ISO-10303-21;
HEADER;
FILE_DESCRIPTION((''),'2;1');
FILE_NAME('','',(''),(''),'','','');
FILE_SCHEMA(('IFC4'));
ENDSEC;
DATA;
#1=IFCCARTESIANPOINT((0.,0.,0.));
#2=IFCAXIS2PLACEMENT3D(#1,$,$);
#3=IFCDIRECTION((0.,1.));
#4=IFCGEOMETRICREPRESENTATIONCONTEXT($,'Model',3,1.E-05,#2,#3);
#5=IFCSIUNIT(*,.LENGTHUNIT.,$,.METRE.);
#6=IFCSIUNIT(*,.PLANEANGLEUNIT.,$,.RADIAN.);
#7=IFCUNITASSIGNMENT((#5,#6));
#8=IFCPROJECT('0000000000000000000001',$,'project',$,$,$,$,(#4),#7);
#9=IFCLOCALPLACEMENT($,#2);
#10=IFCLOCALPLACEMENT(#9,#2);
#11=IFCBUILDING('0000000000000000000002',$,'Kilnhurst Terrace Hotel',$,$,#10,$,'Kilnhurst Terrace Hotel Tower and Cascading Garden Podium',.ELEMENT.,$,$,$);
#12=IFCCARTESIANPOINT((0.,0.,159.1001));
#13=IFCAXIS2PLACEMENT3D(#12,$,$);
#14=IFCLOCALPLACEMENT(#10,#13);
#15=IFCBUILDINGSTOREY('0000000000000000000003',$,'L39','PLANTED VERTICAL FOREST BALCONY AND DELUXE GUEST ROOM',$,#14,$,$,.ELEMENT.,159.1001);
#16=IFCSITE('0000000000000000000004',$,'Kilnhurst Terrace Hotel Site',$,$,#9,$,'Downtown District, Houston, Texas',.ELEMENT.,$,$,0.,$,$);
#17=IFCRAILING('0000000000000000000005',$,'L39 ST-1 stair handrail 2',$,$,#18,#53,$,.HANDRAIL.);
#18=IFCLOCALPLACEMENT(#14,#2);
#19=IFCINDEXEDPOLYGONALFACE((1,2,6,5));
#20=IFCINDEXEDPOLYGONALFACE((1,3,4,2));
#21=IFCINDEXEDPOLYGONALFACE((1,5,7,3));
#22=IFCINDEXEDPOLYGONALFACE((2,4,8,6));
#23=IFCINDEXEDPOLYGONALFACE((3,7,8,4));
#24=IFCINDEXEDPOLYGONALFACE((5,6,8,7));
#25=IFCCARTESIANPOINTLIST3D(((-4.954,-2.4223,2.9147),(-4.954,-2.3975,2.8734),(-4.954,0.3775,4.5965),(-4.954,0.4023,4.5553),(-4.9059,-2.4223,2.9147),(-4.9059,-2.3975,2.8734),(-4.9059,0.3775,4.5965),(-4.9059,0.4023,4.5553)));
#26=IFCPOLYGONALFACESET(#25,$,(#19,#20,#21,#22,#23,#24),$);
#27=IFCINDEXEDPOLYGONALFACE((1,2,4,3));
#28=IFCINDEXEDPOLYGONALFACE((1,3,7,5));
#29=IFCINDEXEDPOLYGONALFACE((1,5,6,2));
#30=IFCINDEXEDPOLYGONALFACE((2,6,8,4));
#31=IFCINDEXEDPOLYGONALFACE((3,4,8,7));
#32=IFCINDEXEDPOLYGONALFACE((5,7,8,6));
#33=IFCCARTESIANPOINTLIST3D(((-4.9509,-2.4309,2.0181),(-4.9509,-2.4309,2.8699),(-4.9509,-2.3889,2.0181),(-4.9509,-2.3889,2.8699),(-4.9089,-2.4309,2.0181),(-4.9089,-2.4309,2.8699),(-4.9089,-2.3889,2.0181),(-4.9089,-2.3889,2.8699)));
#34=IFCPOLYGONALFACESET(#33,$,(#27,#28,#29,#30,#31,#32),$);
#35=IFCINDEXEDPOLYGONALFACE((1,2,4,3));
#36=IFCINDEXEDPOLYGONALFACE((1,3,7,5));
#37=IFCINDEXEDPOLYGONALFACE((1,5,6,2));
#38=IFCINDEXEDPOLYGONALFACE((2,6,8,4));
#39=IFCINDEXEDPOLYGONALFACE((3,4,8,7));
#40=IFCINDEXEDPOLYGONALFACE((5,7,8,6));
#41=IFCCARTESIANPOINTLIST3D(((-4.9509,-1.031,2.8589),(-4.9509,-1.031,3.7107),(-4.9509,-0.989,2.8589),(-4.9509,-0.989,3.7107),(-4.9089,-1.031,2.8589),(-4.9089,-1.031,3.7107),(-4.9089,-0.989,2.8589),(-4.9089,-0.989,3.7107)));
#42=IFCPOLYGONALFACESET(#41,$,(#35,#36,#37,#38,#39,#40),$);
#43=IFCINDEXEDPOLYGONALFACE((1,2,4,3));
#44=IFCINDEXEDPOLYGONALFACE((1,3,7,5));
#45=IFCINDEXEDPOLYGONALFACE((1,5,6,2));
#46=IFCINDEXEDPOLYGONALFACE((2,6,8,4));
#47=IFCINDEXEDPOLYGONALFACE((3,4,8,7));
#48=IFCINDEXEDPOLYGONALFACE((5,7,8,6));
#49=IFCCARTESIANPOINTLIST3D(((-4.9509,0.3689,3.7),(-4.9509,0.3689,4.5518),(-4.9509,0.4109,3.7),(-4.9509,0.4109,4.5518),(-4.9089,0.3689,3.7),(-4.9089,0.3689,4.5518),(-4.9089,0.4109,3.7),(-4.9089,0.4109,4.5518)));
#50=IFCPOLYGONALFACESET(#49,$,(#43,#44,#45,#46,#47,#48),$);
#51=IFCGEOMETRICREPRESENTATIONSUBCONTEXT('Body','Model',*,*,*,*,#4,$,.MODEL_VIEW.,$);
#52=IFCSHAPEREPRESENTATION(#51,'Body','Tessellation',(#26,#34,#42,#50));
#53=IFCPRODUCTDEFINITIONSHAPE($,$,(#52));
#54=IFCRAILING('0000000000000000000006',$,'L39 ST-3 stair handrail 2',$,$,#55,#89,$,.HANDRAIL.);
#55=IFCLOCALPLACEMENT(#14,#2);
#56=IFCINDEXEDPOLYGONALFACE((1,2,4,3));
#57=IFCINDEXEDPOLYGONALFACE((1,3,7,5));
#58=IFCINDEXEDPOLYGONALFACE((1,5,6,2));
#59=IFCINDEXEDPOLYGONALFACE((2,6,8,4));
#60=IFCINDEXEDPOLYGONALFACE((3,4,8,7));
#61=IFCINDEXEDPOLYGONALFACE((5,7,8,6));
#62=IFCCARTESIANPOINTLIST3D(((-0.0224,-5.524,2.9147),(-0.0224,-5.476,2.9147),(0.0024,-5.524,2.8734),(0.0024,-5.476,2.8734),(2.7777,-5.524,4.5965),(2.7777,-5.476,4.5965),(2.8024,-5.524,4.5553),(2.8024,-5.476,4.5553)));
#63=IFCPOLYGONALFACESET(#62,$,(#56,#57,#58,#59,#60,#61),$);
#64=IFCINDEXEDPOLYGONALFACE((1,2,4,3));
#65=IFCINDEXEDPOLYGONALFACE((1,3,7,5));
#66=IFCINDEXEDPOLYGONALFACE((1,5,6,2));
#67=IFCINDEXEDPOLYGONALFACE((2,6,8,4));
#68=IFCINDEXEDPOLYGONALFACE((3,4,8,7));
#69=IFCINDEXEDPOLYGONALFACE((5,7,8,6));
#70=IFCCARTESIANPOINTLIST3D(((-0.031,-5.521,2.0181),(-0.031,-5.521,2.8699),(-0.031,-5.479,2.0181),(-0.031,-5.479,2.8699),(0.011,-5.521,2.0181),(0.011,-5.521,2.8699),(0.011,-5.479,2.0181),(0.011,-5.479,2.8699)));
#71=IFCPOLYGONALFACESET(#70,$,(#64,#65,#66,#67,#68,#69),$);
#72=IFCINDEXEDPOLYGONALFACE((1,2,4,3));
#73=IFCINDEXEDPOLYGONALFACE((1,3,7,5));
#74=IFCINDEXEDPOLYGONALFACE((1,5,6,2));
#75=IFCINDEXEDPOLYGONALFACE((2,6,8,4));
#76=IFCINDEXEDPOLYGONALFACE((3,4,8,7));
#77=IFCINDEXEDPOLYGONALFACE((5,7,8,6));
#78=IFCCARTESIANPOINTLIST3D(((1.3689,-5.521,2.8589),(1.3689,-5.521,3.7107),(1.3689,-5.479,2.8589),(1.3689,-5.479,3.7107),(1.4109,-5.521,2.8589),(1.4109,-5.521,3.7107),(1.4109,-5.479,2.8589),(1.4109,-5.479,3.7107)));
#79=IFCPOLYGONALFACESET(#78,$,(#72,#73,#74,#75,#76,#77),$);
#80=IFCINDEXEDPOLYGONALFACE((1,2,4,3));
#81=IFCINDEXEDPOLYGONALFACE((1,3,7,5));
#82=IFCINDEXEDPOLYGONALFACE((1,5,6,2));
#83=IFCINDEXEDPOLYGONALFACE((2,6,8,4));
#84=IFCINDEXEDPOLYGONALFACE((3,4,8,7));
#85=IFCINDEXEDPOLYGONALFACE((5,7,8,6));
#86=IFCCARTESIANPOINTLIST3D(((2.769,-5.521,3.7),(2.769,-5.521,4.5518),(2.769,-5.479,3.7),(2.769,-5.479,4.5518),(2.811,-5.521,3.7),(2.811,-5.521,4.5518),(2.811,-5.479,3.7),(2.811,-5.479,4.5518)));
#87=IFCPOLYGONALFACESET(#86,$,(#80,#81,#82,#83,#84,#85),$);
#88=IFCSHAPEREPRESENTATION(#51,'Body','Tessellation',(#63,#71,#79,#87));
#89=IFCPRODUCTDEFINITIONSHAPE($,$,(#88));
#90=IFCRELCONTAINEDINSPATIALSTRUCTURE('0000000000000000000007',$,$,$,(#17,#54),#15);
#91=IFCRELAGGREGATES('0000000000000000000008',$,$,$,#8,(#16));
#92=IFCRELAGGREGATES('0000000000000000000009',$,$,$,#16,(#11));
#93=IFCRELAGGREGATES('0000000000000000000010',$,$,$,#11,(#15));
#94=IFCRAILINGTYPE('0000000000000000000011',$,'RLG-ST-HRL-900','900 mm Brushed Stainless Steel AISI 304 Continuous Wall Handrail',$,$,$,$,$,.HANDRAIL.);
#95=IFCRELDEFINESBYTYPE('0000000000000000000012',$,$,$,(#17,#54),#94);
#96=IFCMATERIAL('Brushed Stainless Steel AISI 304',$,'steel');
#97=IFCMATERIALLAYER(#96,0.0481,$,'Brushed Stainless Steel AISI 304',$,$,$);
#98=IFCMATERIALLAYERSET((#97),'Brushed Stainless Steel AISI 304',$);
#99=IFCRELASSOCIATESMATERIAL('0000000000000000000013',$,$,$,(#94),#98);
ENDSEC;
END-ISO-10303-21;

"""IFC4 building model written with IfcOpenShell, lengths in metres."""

from ifc_helpers import new_model, si_unit, direction, frame, origin, origin_2d, place, context, subcontext, project, spatial, rectangle, extrude, material, layer, layer_set, type_object, element, save


model = new_model("IFC4")

# Units and contexts
model_context = context("Model", 3, precision=1e-05, world=origin(), true_north=direction((0.0, 1.0)))
body_context = subcontext(model_context, "Body", "Model", "MODEL_VIEW")
ifc_project = project(units=[si_unit("LENGTHUNIT", "METRE"), si_unit("PLANEANGLEUNIT", "RADIAN")], contexts=[model_context])

# Site, building, storey
site_placement = place(None, origin())
site = spatial("IfcSite", under=ifc_project, at=site_placement, Name="Kilnhurst Terrace Hotel Site", LongName="Downtown District, Houston, Texas", CompositionType="ELEMENT", RefElevation=0.0)
building_placement = place(site_placement, origin())
building = spatial("IfcBuilding", under=site, at=building_placement, Name="Kilnhurst Terrace Hotel", LongName="Kilnhurst Terrace Hotel Tower and Cascading Garden Podium", CompositionType="ELEMENT")
storey_placement = place(building_placement, frame((0.0, 0.0, 159.1001)))
storey = spatial("IfcBuildingStorey", under=building, at=storey_placement, Name="L39", Description="PLANTED VERTICAL FOREST BALCONY AND DELUXE GUEST ROOM", CompositionType="ELEMENT", Elevation=159.1001)

# Railings
ifc_material_1 = material(Name="Brushed Stainless Steel AISI 304", Category="steel")
ifc_layer_1 = layer(ifc_material_1, 0.0481, Name="Brushed Stainless Steel AISI 304")
ifc_layer_set_1 = layer_set([ifc_layer_1], Name="Brushed Stainless Steel AISI 304")
railing_type_1 = type_object("IfcRailingType", Name="RLG-ST-HRL-900", Description="900 mm Brushed Stainless Steel AISI 304 Continuous Wall Handrail", PredefinedType="HANDRAIL", material=ifc_layer_set_1)
railing_1_placement = place(storey_placement, frame((-4.9299, -2.4099, 2.0181)))
element("IfcRailing", 1, at=railing_1_placement, inside=storey, type_object=railing_type_1, Name="L39 ST-1 stair handrail 2", PredefinedType="HANDRAIL", context=body_context, shape_type="SweptSolid", body=[
    extrude(rectangle(XDim=0.0481, YDim=0.0481, at=origin_2d()), frame((0.0, 0.0, 0.876), z_axis=(0.0, 0.857222, 0.514946), x_axis=(-1.0, 0.0, 0.0)), (0.0, 0.0, 1.0), 3.2661),
    extrude(rectangle(XDim=0.042, YDim=0.042, at=origin_2d()), origin(), (0.0, 0.0, 1.0), 0.8518),
    extrude(rectangle(XDim=0.042, YDim=0.042, at=origin_2d()), frame((0.0, 1.3999, 0.8408)), (0.0, 0.0, 1.0), 0.8518),
    extrude(rectangle(XDim=0.042, YDim=0.042, at=origin_2d()), frame((0.0, 2.7998, 1.6819)), (0.0, 0.0, 1.0), 0.8518),
])
railing_2_placement = place(storey_placement, frame((-0.01, -5.5, 2.0181)))
element("IfcRailing", 2, at=railing_2_placement, inside=storey, type_object=railing_type_1, Name="L39 ST-3 stair handrail 2", PredefinedType="HANDRAIL", context=body_context, shape_type="SweptSolid", body=[
    extrude(rectangle(XDim=0.0481, YDim=0.0481, at=origin_2d()), frame((0.0, 0.0, 0.876), z_axis=(0.857242, 0.0, 0.514913), x_axis=(0.0, 1.0, 0.0)), (0.0, 0.0, 1.0), 3.2664),
    extrude(rectangle(XDim=0.042, YDim=0.042, at=origin_2d()), origin(), (0.0, 0.0, 1.0), 0.8518),
    extrude(rectangle(XDim=0.042, YDim=0.042, at=origin_2d()), frame((1.3999, 0.0, 0.8408)), (0.0, 0.0, 1.0), 0.8518),
    extrude(rectangle(XDim=0.042, YDim=0.042, at=origin_2d()), frame((2.8, 0.0, 1.6819)), (0.0, 0.0, 1.0), 0.8518),
])

save(model, "model.ifc")
